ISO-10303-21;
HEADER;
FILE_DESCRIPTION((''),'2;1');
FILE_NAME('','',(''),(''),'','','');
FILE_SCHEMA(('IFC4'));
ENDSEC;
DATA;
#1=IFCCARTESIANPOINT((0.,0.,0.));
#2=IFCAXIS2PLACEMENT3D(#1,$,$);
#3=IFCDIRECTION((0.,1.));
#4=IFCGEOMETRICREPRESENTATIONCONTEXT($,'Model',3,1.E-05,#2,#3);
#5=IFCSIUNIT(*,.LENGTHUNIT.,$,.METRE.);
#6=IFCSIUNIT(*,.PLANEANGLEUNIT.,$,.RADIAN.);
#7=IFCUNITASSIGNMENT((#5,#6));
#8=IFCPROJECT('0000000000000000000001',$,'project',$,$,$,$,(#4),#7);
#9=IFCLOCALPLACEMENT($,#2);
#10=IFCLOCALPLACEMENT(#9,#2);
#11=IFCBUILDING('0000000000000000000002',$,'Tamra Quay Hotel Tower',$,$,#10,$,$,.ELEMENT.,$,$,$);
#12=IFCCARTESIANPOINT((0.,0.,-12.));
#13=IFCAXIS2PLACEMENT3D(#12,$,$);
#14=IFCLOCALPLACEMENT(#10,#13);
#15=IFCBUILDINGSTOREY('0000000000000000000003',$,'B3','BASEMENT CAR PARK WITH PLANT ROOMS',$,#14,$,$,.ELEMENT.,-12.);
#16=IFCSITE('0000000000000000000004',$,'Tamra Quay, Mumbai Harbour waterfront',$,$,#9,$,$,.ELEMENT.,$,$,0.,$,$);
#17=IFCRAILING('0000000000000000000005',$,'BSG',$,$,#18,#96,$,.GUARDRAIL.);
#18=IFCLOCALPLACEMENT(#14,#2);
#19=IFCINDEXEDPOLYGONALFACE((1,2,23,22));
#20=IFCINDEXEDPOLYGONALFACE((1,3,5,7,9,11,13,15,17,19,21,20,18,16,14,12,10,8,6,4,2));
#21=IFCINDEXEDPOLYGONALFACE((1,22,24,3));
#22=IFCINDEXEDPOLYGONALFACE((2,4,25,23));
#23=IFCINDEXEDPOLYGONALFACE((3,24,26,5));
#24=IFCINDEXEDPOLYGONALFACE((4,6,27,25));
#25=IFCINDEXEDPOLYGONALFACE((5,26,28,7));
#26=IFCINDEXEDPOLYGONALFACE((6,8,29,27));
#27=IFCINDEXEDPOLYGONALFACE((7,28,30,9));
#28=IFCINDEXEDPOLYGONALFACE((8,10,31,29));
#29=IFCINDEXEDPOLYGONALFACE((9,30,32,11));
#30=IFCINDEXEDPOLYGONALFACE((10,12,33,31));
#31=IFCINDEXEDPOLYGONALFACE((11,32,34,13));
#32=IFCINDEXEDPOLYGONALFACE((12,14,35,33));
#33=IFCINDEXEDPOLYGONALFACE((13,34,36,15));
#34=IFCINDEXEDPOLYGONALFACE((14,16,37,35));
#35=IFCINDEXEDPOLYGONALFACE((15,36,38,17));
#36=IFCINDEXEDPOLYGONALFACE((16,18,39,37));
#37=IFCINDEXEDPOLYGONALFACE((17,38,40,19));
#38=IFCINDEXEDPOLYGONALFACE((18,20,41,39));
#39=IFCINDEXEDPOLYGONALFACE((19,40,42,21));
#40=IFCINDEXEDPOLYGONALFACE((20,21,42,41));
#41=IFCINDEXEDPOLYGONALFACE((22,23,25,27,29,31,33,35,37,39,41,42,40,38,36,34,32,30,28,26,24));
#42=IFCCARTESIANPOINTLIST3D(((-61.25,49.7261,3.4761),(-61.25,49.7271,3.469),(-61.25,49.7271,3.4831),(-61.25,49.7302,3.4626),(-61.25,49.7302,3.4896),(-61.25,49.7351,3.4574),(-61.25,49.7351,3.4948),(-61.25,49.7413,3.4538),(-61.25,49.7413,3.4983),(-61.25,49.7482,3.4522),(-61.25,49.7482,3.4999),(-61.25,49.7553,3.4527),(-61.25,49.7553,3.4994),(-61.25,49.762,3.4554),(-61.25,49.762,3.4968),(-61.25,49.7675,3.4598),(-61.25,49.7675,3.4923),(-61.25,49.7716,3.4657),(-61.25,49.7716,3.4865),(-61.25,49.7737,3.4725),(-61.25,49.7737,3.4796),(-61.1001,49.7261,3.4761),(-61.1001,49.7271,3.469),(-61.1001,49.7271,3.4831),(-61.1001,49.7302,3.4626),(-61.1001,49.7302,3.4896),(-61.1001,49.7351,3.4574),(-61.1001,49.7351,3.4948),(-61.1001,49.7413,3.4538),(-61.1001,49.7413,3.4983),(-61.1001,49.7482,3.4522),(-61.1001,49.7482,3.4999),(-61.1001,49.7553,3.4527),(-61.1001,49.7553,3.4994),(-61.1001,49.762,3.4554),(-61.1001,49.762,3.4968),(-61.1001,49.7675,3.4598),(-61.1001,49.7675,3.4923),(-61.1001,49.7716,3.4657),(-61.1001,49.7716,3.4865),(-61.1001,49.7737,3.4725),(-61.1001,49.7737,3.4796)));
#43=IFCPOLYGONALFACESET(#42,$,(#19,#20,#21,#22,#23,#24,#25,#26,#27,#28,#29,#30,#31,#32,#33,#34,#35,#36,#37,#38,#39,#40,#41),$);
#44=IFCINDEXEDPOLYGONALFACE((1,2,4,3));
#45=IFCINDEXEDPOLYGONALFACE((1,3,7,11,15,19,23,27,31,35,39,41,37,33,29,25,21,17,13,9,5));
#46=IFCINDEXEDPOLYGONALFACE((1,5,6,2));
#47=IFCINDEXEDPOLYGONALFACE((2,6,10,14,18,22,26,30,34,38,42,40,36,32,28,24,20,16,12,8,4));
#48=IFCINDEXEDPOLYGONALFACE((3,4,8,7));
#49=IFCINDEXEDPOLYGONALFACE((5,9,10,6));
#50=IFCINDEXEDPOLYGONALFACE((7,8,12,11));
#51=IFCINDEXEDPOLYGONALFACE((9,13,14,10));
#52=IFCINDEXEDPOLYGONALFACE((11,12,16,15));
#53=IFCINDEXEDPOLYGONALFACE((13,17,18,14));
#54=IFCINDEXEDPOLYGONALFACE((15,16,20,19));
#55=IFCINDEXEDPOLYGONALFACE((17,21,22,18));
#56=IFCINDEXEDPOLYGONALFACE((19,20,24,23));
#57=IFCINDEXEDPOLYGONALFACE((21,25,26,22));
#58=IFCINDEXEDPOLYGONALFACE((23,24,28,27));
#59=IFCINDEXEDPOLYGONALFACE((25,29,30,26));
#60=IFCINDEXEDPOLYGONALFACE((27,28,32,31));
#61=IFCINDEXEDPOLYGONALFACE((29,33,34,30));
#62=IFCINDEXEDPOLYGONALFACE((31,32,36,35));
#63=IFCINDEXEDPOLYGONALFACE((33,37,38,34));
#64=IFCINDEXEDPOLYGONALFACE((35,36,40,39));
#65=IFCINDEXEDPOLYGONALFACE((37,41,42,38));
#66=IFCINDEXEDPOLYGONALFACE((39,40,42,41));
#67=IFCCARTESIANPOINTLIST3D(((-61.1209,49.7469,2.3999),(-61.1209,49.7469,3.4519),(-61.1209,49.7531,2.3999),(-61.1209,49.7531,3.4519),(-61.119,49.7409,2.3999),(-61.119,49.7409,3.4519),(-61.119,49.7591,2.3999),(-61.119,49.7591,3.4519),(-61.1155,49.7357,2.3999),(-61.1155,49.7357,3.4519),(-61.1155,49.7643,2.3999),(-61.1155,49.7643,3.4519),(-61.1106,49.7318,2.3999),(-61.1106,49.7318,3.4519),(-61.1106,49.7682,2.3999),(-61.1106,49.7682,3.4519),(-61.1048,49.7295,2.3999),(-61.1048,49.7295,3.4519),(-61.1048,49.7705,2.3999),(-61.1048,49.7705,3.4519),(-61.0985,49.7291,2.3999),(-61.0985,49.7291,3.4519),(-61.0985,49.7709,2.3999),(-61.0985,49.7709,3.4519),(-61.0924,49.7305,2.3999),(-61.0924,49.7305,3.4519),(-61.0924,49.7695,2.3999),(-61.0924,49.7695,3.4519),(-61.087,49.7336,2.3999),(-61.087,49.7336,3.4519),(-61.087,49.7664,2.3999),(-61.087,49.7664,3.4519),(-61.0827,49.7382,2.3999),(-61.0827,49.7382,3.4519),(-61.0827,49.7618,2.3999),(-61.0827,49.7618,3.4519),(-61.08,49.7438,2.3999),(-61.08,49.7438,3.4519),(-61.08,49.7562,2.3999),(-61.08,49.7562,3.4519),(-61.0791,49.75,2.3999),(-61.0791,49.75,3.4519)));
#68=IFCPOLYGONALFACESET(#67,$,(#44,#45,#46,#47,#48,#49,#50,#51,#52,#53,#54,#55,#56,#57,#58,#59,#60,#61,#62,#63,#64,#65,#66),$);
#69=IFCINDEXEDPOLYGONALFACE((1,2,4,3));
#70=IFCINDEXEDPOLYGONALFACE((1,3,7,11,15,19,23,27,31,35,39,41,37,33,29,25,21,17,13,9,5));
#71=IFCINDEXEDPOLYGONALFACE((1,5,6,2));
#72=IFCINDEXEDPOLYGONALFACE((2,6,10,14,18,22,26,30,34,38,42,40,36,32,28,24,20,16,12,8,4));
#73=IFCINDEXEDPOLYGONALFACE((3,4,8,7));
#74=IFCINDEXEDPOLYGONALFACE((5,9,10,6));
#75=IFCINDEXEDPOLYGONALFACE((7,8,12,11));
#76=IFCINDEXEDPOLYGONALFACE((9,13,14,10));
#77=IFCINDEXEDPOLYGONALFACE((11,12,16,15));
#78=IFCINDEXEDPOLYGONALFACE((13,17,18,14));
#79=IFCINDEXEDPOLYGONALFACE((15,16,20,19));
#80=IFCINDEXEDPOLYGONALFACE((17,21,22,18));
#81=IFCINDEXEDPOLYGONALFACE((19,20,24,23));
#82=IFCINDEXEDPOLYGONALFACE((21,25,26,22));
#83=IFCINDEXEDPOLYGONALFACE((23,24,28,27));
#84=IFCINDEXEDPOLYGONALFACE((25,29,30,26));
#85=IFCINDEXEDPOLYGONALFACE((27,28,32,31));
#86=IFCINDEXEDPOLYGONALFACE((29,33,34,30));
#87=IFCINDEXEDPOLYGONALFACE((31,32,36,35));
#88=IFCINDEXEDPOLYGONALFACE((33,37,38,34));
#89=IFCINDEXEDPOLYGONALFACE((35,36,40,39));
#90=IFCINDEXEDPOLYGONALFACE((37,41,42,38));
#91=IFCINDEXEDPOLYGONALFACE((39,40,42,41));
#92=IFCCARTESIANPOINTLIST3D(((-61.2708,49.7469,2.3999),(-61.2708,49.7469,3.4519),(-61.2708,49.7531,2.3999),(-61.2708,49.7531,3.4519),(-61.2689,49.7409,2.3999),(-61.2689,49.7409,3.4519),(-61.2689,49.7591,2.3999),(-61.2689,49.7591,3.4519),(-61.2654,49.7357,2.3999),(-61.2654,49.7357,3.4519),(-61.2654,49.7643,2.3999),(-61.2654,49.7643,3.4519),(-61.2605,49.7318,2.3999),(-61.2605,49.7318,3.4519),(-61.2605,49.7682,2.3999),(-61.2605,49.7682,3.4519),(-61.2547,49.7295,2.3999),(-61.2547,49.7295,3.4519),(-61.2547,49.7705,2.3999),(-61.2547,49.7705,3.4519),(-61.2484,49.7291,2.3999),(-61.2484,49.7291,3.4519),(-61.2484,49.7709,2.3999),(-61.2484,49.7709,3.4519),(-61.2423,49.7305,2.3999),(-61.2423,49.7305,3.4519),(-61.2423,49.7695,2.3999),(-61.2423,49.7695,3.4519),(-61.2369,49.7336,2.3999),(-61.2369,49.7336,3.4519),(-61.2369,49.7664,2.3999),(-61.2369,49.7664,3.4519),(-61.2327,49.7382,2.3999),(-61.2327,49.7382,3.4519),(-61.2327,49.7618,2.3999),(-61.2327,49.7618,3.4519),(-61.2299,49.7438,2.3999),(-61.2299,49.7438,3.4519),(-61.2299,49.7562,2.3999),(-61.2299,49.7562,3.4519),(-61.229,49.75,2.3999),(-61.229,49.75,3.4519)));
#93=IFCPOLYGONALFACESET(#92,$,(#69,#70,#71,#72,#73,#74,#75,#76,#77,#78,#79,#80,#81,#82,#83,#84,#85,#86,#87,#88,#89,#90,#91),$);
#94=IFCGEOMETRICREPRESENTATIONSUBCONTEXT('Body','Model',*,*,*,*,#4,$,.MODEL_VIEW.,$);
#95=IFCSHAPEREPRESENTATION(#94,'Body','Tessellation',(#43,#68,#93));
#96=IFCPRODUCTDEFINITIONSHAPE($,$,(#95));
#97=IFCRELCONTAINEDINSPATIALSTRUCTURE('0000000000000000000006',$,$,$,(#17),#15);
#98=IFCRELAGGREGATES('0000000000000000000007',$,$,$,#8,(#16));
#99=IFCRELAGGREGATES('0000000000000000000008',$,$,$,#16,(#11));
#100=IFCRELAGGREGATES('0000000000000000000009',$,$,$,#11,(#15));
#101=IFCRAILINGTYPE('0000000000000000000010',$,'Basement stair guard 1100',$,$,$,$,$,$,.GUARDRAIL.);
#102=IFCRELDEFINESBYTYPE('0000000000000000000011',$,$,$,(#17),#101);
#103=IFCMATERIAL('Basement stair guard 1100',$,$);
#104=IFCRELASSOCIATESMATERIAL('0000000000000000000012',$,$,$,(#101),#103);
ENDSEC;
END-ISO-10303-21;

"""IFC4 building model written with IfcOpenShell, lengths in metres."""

from ifc_helpers import new_model, si_unit, direction, frame, origin, origin_2d, place, context, subcontext, project, spatial, circle, extrude, material, type_object, element, save


model = new_model("IFC4")

# Units and contexts
model_context = context("Model", 3, precision=1e-05, world=origin(), true_north=direction((0.0, 1.0)))
body_context = subcontext(model_context, "Body", "Model", "MODEL_VIEW")
ifc_project = project(units=[si_unit("LENGTHUNIT", "METRE"), si_unit("PLANEANGLEUNIT", "RADIAN")], contexts=[model_context])

# Site, building, storey
site_placement = place(None, origin())
site = spatial("IfcSite", under=ifc_project, at=site_placement, Name="Tamra Quay, Mumbai Harbour waterfront", CompositionType="ELEMENT", RefElevation=0.0)
building_placement = place(site_placement, origin())
building = spatial("IfcBuilding", under=site, at=building_placement, Name="Tamra Quay Hotel Tower", CompositionType="ELEMENT")
storey_placement = place(building_placement, frame((0.0, 0.0, -12.0)))
storey = spatial("IfcBuildingStorey", under=building, at=storey_placement, Name="B3", Description="BASEMENT CAR PARK WITH PLANT ROOMS", CompositionType="ELEMENT", Elevation=-12.0)

# Railing
ifc_material_1 = material(Name="Basement stair guard 1100")
railing_type_1 = type_object("IfcRailingType", Name="Basement stair guard 1100", PredefinedType="GUARDRAIL", material=ifc_material_1)
railing_1_placement = place(storey_placement, frame((-61.1001, 49.75, 2.3999)))
element("IfcRailing", 1, at=railing_1_placement, inside=storey, type_object=railing_type_1, Name="BSG", PredefinedType="GUARDRAIL", context=body_context, shape_type="SweptSolid", body=[
    extrude(circle(Radius=0.0239, at=origin_2d()), frame((0.0, 0.0, 1.0762), z_axis=(-1.0, 0.0, 0.0), x_axis=(0.0, -1.0, 0.0)), (0.0, 0.0, 1.0), 0.1499),
    extrude(circle(Radius=0.021, at=origin_2d()), origin(), (0.0, 0.0, 1.0), 1.052),
    extrude(circle(Radius=0.021, at=origin_2d()), frame((-0.1499, 0.0, 0.0)), (0.0, 0.0, 1.0), 1.052),
])

save(model, "model.ifc")
